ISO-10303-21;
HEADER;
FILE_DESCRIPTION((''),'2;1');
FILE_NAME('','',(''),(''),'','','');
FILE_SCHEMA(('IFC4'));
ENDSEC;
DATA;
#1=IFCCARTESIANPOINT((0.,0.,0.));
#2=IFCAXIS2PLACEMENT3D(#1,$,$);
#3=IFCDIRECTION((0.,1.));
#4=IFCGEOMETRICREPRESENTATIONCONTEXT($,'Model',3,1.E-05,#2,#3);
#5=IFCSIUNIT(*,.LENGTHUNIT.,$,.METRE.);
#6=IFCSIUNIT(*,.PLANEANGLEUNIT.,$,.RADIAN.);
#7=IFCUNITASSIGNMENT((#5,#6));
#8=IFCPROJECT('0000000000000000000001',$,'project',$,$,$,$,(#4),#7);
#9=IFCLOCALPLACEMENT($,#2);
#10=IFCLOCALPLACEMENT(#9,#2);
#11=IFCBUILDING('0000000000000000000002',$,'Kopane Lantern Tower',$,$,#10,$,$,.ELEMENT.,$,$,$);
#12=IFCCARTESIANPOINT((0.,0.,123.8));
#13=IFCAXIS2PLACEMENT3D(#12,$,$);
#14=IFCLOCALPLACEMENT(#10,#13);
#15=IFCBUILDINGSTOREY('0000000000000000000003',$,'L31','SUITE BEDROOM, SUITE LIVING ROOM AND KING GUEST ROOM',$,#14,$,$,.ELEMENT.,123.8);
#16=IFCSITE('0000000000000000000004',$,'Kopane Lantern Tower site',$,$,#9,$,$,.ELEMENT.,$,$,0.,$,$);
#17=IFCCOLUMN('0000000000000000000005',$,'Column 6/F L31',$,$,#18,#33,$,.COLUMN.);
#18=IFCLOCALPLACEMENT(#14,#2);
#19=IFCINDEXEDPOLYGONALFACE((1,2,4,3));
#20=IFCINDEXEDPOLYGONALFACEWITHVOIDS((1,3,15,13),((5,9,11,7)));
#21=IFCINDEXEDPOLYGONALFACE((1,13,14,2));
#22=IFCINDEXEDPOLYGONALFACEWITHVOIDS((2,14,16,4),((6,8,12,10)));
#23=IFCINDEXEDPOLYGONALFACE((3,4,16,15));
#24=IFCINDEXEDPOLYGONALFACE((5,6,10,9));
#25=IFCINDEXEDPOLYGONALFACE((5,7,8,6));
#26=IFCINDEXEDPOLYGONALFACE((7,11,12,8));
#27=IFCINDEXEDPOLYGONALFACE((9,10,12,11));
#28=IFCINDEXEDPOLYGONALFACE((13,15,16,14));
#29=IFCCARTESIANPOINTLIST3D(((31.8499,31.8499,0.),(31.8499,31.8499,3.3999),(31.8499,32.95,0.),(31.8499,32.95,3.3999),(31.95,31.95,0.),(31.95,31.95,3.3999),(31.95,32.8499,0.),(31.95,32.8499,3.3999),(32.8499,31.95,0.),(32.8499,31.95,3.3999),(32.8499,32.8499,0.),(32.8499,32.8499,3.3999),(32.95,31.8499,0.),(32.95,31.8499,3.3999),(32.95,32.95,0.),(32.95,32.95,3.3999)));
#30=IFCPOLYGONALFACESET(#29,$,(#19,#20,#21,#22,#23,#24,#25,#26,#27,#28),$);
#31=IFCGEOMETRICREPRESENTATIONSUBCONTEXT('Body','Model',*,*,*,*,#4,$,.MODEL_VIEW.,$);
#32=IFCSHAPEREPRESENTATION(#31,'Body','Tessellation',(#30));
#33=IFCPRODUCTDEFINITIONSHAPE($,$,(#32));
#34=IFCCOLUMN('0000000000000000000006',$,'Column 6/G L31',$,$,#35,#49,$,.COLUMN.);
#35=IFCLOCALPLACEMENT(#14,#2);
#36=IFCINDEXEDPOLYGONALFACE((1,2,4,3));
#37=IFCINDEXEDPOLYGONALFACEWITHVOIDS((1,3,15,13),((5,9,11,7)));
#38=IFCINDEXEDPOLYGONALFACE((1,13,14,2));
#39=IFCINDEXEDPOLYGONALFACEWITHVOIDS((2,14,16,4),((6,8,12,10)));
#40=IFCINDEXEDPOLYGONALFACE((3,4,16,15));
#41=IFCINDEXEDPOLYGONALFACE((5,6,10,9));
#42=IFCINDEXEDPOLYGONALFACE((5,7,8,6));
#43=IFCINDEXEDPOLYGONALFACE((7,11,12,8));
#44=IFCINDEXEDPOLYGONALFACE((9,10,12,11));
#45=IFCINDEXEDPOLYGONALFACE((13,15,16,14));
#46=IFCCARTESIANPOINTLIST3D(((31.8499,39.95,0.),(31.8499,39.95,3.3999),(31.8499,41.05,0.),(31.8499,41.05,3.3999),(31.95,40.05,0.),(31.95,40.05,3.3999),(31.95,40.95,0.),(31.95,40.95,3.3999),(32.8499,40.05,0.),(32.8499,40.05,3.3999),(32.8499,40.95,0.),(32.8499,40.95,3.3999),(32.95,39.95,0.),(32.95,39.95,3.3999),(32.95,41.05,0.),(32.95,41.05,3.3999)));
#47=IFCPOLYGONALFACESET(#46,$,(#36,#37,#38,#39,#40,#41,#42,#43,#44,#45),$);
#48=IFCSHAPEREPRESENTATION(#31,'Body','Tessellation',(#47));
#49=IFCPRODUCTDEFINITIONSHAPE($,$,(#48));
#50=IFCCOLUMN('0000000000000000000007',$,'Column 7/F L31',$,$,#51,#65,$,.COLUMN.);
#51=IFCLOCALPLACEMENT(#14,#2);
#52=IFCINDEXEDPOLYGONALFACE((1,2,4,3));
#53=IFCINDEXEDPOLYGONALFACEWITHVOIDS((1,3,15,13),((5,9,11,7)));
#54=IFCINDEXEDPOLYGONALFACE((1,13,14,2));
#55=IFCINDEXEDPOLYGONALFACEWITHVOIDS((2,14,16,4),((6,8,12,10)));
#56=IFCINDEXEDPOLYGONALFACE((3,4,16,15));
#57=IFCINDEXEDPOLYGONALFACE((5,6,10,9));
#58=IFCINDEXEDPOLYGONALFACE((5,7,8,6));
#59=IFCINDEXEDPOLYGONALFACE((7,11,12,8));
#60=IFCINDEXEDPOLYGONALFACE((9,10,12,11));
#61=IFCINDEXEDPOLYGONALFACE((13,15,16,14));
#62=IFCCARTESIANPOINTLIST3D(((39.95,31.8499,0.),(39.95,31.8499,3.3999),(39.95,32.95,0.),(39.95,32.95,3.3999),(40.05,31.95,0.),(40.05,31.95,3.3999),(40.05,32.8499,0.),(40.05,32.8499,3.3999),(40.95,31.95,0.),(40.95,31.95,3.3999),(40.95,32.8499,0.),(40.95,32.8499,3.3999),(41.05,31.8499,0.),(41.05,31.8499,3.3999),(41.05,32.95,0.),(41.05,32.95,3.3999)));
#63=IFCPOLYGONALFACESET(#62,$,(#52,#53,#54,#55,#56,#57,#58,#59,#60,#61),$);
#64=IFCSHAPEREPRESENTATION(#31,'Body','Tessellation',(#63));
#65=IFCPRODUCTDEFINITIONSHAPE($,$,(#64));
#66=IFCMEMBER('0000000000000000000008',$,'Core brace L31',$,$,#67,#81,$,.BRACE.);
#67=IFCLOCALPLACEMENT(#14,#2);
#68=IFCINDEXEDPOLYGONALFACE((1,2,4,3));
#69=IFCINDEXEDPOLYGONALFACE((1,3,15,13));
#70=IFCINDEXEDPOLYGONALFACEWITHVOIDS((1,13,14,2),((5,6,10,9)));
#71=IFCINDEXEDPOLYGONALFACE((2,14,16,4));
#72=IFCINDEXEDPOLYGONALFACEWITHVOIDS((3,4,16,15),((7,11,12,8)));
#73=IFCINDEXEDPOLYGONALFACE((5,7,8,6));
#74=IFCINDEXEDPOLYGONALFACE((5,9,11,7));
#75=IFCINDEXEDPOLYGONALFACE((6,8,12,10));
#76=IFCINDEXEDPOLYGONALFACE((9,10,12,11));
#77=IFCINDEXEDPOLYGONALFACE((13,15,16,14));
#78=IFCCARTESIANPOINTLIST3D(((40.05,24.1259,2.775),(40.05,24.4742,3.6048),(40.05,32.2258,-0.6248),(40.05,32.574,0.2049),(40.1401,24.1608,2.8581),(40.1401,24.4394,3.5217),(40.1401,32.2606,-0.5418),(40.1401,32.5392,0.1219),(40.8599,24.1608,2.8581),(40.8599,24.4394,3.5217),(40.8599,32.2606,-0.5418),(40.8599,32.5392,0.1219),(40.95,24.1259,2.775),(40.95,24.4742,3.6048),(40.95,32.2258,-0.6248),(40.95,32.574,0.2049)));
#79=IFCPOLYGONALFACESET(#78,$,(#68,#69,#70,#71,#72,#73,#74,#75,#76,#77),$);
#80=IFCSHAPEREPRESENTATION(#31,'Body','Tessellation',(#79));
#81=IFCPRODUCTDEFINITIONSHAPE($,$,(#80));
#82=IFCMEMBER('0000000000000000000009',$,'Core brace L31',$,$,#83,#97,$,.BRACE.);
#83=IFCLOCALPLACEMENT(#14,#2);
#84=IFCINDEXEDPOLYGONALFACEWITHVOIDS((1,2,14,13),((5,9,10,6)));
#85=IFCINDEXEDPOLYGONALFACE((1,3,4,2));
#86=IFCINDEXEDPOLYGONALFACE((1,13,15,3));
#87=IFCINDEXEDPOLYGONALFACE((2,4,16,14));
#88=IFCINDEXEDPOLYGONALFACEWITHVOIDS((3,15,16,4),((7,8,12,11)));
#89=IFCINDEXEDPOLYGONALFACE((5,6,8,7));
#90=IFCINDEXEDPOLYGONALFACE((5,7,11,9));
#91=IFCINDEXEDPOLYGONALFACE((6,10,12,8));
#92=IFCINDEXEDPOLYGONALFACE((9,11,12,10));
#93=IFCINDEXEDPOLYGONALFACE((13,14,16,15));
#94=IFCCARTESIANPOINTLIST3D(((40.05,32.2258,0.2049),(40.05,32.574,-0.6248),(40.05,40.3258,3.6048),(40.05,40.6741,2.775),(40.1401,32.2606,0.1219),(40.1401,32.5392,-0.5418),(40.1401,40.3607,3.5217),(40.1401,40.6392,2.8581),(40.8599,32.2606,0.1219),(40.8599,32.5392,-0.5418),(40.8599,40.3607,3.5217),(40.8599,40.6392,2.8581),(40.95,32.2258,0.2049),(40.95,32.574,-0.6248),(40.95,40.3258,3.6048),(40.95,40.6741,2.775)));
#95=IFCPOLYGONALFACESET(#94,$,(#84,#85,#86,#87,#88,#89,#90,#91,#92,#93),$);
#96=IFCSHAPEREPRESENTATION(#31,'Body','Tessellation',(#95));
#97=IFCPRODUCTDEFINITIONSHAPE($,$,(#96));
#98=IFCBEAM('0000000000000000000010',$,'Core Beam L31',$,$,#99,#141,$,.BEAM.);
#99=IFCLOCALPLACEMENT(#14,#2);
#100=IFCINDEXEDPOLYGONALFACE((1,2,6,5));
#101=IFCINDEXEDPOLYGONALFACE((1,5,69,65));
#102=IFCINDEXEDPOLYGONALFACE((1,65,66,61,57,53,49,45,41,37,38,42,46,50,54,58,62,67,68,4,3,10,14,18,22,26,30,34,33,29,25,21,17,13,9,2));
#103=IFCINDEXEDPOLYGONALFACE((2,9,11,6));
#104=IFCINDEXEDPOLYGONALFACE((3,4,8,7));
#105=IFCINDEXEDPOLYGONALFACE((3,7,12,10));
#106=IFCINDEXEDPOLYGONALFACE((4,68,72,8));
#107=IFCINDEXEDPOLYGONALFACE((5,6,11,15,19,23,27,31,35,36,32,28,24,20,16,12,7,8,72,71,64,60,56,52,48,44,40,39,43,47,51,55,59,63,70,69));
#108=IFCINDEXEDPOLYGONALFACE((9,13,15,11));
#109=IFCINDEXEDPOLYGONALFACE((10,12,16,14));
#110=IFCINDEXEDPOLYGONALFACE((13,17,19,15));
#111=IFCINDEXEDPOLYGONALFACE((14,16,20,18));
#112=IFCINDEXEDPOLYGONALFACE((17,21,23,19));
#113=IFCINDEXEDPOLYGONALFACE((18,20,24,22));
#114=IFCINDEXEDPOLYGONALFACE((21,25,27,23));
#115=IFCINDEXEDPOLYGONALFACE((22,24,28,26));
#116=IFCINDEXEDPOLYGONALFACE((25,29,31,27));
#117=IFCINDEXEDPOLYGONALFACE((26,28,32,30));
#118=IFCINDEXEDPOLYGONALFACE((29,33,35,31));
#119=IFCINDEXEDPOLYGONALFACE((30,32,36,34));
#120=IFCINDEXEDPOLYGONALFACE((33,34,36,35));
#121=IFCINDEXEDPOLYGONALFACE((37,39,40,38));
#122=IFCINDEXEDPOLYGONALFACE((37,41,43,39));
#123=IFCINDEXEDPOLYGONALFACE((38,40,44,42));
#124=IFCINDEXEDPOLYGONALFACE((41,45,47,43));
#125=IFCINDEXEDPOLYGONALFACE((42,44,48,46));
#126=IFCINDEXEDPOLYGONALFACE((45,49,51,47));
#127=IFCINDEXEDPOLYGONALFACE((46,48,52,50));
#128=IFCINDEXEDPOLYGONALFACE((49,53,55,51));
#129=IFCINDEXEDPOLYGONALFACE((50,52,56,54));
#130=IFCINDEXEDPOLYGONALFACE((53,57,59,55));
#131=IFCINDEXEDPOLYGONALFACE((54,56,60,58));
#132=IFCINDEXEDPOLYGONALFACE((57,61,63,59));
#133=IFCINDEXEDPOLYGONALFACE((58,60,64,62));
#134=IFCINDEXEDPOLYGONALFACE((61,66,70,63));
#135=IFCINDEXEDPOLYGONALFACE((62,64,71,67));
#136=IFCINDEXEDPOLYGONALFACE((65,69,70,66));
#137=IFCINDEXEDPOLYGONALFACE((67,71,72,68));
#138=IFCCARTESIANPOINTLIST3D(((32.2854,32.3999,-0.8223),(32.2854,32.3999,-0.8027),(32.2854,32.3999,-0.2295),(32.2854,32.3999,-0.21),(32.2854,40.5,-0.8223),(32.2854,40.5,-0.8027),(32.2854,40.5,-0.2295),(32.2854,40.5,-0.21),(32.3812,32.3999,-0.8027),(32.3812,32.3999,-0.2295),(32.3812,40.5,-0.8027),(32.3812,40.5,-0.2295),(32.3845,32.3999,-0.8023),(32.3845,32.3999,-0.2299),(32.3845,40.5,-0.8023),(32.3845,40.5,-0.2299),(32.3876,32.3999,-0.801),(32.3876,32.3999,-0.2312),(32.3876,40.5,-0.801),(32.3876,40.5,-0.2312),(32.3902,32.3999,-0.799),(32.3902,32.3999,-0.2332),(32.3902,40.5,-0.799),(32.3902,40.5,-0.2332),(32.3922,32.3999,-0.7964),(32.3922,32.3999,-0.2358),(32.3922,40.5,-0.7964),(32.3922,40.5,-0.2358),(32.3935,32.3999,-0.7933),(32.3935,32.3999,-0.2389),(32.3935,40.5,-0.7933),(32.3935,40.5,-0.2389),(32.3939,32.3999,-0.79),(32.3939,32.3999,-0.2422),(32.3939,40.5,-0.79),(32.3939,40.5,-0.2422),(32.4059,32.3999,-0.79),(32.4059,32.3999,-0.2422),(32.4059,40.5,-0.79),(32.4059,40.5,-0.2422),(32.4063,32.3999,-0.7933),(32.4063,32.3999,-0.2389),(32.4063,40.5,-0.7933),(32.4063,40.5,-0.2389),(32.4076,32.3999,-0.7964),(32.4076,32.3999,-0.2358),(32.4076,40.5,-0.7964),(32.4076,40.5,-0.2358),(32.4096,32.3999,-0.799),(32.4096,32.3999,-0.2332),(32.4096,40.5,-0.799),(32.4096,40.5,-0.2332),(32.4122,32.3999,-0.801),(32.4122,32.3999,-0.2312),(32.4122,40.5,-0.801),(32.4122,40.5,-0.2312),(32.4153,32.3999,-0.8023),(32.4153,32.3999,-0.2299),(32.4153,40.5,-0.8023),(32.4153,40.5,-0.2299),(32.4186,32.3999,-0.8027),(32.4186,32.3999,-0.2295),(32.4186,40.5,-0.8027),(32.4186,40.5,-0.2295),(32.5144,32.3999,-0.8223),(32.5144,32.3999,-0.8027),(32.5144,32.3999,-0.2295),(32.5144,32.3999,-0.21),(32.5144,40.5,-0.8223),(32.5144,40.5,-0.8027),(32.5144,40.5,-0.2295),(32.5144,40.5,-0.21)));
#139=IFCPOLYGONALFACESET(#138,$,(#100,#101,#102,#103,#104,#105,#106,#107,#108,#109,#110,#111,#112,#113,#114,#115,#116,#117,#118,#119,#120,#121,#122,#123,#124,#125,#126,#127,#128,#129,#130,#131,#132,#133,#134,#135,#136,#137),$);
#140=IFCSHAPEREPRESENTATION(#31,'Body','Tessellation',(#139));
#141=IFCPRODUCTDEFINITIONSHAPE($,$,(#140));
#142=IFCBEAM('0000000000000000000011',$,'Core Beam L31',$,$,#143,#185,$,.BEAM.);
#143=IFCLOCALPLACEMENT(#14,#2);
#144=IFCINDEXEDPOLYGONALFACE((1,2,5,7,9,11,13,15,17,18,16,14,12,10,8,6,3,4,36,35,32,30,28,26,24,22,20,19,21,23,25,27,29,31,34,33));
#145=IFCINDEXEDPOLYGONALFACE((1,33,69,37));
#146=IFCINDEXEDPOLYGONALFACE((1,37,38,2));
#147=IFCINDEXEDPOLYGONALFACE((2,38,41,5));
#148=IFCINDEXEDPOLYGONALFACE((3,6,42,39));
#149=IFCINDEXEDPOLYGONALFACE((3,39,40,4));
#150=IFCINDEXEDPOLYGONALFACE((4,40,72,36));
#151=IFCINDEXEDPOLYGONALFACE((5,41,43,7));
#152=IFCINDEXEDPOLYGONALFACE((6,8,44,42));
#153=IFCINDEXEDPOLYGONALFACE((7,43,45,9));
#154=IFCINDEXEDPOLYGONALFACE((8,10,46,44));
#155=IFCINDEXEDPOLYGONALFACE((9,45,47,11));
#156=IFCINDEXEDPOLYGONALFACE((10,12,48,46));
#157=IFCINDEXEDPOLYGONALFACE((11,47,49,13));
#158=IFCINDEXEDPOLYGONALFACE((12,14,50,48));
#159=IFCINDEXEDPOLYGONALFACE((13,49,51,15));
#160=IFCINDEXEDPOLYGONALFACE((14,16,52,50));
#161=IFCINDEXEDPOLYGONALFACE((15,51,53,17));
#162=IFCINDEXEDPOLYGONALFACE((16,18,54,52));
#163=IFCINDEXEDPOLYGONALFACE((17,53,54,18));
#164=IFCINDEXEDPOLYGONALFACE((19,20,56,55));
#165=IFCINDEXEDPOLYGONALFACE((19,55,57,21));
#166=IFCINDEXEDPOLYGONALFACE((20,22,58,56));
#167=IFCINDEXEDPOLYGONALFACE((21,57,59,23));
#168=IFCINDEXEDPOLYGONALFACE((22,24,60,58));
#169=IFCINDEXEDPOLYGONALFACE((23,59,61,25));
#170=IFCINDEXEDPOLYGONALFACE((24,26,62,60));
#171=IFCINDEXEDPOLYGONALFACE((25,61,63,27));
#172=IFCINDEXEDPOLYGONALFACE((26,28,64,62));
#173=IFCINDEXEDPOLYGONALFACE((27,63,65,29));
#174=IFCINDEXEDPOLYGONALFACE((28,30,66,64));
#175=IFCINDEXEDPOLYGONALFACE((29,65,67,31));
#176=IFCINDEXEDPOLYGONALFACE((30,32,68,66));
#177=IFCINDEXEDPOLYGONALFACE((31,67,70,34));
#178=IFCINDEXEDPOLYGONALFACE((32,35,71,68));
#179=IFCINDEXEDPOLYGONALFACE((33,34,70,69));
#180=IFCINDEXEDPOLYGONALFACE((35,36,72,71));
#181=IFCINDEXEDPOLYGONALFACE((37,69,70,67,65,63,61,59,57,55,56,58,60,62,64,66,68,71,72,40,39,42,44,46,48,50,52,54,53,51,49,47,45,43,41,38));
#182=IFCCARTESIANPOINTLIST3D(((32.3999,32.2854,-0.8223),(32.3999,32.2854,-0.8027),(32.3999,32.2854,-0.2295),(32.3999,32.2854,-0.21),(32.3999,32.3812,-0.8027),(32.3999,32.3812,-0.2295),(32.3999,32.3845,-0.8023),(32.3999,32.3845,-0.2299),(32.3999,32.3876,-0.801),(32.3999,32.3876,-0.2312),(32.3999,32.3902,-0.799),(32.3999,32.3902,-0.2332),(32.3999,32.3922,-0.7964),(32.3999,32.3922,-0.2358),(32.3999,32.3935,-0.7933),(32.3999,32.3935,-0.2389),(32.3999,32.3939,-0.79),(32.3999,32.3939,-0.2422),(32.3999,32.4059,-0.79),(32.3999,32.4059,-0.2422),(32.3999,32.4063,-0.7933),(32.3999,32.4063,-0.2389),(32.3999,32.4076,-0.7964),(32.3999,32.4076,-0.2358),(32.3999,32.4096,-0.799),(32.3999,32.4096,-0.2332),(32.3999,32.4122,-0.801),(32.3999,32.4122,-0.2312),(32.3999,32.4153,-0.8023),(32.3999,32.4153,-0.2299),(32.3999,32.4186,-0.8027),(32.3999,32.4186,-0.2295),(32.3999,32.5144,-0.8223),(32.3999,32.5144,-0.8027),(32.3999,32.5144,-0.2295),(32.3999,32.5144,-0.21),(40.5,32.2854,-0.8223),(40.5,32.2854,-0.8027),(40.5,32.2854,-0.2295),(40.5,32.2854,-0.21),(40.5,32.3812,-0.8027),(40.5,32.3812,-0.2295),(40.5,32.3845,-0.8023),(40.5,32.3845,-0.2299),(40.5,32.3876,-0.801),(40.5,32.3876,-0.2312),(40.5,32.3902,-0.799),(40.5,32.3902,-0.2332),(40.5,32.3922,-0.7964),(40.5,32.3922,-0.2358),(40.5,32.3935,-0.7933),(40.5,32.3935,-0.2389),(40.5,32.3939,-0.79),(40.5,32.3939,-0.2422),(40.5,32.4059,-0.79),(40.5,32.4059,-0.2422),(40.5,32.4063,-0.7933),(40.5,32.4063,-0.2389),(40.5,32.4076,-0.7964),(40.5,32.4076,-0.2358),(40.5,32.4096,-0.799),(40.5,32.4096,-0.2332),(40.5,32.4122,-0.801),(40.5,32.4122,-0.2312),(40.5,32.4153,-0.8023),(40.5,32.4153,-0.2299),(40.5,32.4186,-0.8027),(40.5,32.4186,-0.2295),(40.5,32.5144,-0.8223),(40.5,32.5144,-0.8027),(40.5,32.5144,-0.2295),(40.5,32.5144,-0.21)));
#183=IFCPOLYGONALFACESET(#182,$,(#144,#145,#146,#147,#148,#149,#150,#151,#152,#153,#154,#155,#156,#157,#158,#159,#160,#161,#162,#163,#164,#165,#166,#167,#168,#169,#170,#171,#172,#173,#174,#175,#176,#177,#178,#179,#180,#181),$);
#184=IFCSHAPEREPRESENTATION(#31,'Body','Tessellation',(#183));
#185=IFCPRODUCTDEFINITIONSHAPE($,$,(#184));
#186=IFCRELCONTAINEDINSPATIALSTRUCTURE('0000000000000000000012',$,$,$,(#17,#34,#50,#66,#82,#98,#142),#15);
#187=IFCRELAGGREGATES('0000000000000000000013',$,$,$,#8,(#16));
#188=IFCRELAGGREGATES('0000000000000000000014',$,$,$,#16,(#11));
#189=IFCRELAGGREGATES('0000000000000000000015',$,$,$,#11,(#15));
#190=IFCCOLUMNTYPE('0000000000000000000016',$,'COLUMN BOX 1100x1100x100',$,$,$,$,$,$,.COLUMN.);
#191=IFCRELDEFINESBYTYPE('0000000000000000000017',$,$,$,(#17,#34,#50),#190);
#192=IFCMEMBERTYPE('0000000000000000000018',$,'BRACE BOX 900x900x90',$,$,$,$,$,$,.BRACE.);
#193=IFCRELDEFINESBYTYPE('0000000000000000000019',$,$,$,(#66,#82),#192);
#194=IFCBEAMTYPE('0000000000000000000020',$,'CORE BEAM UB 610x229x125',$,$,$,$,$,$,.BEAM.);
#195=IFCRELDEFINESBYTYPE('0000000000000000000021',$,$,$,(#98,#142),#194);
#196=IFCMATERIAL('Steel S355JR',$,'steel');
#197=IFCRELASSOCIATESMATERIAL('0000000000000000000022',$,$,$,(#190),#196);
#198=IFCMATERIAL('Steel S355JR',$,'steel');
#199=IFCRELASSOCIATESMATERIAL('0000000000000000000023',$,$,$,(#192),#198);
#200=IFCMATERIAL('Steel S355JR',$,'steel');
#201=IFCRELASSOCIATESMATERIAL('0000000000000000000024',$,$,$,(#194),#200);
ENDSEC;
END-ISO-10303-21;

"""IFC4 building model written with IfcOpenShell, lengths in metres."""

from ifc_helpers import new_model, si_unit, direction, frame, origin, origin_2d, place, context, subcontext, project, spatial, hollow_rectangle, i_section, extrude, material, material_profile, profile_set, type_object, element, save


model = new_model("IFC4")

# Units and contexts
model_context = context("Model", 3, precision=1e-05, world=origin(), true_north=direction((0.0, 1.0)))
body_context = subcontext(model_context, "Body", "Model", "MODEL_VIEW")
ifc_project = project(units=[si_unit("LENGTHUNIT", "METRE"), si_unit("PLANEANGLEUNIT", "RADIAN")], contexts=[model_context])

# Site, building, storey
site_placement = place(None, origin())
site = spatial("IfcSite", under=ifc_project, at=site_placement, Name="Kopane Lantern Tower site", CompositionType="ELEMENT", RefElevation=0.0)
building_placement = place(site_placement, origin())
building = spatial("IfcBuilding", under=site, at=building_placement, Name="Kopane Lantern Tower", CompositionType="ELEMENT")
storey_placement = place(building_placement, frame((0.0, 0.0, 123.8)))
storey = spatial("IfcBuildingStorey", under=building, at=storey_placement, Name="L31", Description="SUITE BEDROOM, SUITE LIVING ROOM AND KING GUEST ROOM", CompositionType="ELEMENT", Elevation=123.8)

# Columns
ifc_material_1 = material(Name="Steel S355JR", Category="steel")
ifc_material_profile_1 = material_profile(ifc_material_1, hollow_rectangle(XDim=1.1001, YDim=1.1001, WallThickness=0.1001, at=origin_2d()), Name="BOX 1100x1100x100")
ifc_profile_set_1 = profile_set([ifc_material_profile_1], Name="Steel S355JR")
column_type = type_object("IfcColumnType", Name="COLUMN BOX 1100x1100x100", PredefinedType="COLUMN", material=ifc_profile_set_1)
for number, where, z_axis, x_axis, name in (
    (1, (32.3999, 32.3999, 0.0), (0.0, 0.0, 1.0), (1.0, 0.0, 0.0), "Column 6/F L31"),
    (2, (32.3999, 40.5, 0.0), (0.0, 0.0, 1.0), (1.0, 0.0, 0.0), "Column 6/G L31"),
    (3, (40.5, 32.3999, 0.0), (0.0, 0.0, 1.0), (1.0, 0.0, 0.0), "Column 7/F L31"),
):
    element("IfcColumn", number, at=place(storey_placement, frame(where, z_axis=z_axis, x_axis=x_axis)), inside=storey, type_object=column_type, Name=name, PredefinedType="COLUMN", context=body_context, shape_type="SweptSolid", body=[
        extrude(hollow_rectangle(XDim=1.1001, YDim=1.1001, WallThickness=0.1001, at=origin_2d()), origin(), (0.0, 0.0, 1.0), 3.3999),
    ])

# Members
ifc_material_2 = material(Name="Steel S355JR", Category="steel")
ifc_material_profile_2 = material_profile(ifc_material_2, hollow_rectangle(XDim=0.8999, YDim=0.8999, WallThickness=0.0901, at=origin_2d()), Name="BOX 900x900x90")
ifc_profile_set_2 = profile_set([ifc_material_profile_2], Name="Steel S355JR")
member_type = type_object("IfcMemberType", Name="BRACE BOX 900x900x90", PredefinedType="BRACE", material=ifc_profile_set_2)
member_1_placement = place(storey_placement, frame((40.5, 32.3999, -0.21), z_axis=(0.0, -0.922065, 0.387035), x_axis=(1.0, 0.0, 0.0)))
element("IfcMember", 4, at=member_1_placement, inside=storey, type_object=member_type, Name="Core brace L31", PredefinedType="BRACE", context=body_context, shape_type="SweptSolid", body=[
    extrude(hollow_rectangle(XDim=0.8999, YDim=0.8999, WallThickness=0.0901, at=origin_2d()), origin(), (0.0, 0.0, 1.0), 8.7844),
])
member_2_placement = place(storey_placement, frame((40.5, 32.3999, -0.21), z_axis=(0.0, 0.922069, 0.387026), x_axis=(-1.0, 0.0, 0.0)))
element("IfcMember", 5, at=member_2_placement, inside=storey, type_object=member_type, Name="Core brace L31", PredefinedType="BRACE", context=body_context, shape_type="SweptSolid", body=[
    extrude(hollow_rectangle(XDim=0.8999, YDim=0.8999, WallThickness=0.0901, at=origin_2d()), origin(), (0.0, 0.0, 1.0), 8.7847),
])

# Beams
ifc_material_3 = material(Name="Steel S355JR", Category="steel")
ifc_material_profile_3 = material_profile(ifc_material_3, i_section(OverallWidth=0.229, OverallDepth=0.6123, WebThickness=0.012, FlangeThickness=0.0195, FilletRadius=0.0127, at=origin_2d()), Name="UB 610x229x125")
ifc_profile_set_3 = profile_set([ifc_material_profile_3], Name="Steel S355JR")
beam_type_1 = type_object("IfcBeamType", Name="CORE BEAM UB 610x229x125", PredefinedType="BEAM", material=ifc_profile_set_3)
for number, where, z_axis, x_axis, name in (
    (6, (32.3999, 32.3999, -0.5161), (0.0, 1.0, 0.0), (-1.0, 0.0, 0.0), "Core Beam L31"),
    (7, (32.3999, 32.3999, -0.5161), (1.0, 0.0, 0.0), (0.0, 1.0, 0.0), "Core Beam L31"),
):
    element("IfcBeam", number, at=place(storey_placement, frame(where, z_axis=z_axis, x_axis=x_axis)), inside=storey, type_object=beam_type_1, Name=name, PredefinedType="BEAM", context=body_context, shape_type="SweptSolid", body=[
        extrude(i_section(OverallWidth=0.229, OverallDepth=0.6123, WebThickness=0.012, FlangeThickness=0.0195, FilletRadius=0.0127, at=origin_2d()), origin(), (0.0, 0.0, 1.0), 8.1001),
    ])

save(model, "model.ifc")
